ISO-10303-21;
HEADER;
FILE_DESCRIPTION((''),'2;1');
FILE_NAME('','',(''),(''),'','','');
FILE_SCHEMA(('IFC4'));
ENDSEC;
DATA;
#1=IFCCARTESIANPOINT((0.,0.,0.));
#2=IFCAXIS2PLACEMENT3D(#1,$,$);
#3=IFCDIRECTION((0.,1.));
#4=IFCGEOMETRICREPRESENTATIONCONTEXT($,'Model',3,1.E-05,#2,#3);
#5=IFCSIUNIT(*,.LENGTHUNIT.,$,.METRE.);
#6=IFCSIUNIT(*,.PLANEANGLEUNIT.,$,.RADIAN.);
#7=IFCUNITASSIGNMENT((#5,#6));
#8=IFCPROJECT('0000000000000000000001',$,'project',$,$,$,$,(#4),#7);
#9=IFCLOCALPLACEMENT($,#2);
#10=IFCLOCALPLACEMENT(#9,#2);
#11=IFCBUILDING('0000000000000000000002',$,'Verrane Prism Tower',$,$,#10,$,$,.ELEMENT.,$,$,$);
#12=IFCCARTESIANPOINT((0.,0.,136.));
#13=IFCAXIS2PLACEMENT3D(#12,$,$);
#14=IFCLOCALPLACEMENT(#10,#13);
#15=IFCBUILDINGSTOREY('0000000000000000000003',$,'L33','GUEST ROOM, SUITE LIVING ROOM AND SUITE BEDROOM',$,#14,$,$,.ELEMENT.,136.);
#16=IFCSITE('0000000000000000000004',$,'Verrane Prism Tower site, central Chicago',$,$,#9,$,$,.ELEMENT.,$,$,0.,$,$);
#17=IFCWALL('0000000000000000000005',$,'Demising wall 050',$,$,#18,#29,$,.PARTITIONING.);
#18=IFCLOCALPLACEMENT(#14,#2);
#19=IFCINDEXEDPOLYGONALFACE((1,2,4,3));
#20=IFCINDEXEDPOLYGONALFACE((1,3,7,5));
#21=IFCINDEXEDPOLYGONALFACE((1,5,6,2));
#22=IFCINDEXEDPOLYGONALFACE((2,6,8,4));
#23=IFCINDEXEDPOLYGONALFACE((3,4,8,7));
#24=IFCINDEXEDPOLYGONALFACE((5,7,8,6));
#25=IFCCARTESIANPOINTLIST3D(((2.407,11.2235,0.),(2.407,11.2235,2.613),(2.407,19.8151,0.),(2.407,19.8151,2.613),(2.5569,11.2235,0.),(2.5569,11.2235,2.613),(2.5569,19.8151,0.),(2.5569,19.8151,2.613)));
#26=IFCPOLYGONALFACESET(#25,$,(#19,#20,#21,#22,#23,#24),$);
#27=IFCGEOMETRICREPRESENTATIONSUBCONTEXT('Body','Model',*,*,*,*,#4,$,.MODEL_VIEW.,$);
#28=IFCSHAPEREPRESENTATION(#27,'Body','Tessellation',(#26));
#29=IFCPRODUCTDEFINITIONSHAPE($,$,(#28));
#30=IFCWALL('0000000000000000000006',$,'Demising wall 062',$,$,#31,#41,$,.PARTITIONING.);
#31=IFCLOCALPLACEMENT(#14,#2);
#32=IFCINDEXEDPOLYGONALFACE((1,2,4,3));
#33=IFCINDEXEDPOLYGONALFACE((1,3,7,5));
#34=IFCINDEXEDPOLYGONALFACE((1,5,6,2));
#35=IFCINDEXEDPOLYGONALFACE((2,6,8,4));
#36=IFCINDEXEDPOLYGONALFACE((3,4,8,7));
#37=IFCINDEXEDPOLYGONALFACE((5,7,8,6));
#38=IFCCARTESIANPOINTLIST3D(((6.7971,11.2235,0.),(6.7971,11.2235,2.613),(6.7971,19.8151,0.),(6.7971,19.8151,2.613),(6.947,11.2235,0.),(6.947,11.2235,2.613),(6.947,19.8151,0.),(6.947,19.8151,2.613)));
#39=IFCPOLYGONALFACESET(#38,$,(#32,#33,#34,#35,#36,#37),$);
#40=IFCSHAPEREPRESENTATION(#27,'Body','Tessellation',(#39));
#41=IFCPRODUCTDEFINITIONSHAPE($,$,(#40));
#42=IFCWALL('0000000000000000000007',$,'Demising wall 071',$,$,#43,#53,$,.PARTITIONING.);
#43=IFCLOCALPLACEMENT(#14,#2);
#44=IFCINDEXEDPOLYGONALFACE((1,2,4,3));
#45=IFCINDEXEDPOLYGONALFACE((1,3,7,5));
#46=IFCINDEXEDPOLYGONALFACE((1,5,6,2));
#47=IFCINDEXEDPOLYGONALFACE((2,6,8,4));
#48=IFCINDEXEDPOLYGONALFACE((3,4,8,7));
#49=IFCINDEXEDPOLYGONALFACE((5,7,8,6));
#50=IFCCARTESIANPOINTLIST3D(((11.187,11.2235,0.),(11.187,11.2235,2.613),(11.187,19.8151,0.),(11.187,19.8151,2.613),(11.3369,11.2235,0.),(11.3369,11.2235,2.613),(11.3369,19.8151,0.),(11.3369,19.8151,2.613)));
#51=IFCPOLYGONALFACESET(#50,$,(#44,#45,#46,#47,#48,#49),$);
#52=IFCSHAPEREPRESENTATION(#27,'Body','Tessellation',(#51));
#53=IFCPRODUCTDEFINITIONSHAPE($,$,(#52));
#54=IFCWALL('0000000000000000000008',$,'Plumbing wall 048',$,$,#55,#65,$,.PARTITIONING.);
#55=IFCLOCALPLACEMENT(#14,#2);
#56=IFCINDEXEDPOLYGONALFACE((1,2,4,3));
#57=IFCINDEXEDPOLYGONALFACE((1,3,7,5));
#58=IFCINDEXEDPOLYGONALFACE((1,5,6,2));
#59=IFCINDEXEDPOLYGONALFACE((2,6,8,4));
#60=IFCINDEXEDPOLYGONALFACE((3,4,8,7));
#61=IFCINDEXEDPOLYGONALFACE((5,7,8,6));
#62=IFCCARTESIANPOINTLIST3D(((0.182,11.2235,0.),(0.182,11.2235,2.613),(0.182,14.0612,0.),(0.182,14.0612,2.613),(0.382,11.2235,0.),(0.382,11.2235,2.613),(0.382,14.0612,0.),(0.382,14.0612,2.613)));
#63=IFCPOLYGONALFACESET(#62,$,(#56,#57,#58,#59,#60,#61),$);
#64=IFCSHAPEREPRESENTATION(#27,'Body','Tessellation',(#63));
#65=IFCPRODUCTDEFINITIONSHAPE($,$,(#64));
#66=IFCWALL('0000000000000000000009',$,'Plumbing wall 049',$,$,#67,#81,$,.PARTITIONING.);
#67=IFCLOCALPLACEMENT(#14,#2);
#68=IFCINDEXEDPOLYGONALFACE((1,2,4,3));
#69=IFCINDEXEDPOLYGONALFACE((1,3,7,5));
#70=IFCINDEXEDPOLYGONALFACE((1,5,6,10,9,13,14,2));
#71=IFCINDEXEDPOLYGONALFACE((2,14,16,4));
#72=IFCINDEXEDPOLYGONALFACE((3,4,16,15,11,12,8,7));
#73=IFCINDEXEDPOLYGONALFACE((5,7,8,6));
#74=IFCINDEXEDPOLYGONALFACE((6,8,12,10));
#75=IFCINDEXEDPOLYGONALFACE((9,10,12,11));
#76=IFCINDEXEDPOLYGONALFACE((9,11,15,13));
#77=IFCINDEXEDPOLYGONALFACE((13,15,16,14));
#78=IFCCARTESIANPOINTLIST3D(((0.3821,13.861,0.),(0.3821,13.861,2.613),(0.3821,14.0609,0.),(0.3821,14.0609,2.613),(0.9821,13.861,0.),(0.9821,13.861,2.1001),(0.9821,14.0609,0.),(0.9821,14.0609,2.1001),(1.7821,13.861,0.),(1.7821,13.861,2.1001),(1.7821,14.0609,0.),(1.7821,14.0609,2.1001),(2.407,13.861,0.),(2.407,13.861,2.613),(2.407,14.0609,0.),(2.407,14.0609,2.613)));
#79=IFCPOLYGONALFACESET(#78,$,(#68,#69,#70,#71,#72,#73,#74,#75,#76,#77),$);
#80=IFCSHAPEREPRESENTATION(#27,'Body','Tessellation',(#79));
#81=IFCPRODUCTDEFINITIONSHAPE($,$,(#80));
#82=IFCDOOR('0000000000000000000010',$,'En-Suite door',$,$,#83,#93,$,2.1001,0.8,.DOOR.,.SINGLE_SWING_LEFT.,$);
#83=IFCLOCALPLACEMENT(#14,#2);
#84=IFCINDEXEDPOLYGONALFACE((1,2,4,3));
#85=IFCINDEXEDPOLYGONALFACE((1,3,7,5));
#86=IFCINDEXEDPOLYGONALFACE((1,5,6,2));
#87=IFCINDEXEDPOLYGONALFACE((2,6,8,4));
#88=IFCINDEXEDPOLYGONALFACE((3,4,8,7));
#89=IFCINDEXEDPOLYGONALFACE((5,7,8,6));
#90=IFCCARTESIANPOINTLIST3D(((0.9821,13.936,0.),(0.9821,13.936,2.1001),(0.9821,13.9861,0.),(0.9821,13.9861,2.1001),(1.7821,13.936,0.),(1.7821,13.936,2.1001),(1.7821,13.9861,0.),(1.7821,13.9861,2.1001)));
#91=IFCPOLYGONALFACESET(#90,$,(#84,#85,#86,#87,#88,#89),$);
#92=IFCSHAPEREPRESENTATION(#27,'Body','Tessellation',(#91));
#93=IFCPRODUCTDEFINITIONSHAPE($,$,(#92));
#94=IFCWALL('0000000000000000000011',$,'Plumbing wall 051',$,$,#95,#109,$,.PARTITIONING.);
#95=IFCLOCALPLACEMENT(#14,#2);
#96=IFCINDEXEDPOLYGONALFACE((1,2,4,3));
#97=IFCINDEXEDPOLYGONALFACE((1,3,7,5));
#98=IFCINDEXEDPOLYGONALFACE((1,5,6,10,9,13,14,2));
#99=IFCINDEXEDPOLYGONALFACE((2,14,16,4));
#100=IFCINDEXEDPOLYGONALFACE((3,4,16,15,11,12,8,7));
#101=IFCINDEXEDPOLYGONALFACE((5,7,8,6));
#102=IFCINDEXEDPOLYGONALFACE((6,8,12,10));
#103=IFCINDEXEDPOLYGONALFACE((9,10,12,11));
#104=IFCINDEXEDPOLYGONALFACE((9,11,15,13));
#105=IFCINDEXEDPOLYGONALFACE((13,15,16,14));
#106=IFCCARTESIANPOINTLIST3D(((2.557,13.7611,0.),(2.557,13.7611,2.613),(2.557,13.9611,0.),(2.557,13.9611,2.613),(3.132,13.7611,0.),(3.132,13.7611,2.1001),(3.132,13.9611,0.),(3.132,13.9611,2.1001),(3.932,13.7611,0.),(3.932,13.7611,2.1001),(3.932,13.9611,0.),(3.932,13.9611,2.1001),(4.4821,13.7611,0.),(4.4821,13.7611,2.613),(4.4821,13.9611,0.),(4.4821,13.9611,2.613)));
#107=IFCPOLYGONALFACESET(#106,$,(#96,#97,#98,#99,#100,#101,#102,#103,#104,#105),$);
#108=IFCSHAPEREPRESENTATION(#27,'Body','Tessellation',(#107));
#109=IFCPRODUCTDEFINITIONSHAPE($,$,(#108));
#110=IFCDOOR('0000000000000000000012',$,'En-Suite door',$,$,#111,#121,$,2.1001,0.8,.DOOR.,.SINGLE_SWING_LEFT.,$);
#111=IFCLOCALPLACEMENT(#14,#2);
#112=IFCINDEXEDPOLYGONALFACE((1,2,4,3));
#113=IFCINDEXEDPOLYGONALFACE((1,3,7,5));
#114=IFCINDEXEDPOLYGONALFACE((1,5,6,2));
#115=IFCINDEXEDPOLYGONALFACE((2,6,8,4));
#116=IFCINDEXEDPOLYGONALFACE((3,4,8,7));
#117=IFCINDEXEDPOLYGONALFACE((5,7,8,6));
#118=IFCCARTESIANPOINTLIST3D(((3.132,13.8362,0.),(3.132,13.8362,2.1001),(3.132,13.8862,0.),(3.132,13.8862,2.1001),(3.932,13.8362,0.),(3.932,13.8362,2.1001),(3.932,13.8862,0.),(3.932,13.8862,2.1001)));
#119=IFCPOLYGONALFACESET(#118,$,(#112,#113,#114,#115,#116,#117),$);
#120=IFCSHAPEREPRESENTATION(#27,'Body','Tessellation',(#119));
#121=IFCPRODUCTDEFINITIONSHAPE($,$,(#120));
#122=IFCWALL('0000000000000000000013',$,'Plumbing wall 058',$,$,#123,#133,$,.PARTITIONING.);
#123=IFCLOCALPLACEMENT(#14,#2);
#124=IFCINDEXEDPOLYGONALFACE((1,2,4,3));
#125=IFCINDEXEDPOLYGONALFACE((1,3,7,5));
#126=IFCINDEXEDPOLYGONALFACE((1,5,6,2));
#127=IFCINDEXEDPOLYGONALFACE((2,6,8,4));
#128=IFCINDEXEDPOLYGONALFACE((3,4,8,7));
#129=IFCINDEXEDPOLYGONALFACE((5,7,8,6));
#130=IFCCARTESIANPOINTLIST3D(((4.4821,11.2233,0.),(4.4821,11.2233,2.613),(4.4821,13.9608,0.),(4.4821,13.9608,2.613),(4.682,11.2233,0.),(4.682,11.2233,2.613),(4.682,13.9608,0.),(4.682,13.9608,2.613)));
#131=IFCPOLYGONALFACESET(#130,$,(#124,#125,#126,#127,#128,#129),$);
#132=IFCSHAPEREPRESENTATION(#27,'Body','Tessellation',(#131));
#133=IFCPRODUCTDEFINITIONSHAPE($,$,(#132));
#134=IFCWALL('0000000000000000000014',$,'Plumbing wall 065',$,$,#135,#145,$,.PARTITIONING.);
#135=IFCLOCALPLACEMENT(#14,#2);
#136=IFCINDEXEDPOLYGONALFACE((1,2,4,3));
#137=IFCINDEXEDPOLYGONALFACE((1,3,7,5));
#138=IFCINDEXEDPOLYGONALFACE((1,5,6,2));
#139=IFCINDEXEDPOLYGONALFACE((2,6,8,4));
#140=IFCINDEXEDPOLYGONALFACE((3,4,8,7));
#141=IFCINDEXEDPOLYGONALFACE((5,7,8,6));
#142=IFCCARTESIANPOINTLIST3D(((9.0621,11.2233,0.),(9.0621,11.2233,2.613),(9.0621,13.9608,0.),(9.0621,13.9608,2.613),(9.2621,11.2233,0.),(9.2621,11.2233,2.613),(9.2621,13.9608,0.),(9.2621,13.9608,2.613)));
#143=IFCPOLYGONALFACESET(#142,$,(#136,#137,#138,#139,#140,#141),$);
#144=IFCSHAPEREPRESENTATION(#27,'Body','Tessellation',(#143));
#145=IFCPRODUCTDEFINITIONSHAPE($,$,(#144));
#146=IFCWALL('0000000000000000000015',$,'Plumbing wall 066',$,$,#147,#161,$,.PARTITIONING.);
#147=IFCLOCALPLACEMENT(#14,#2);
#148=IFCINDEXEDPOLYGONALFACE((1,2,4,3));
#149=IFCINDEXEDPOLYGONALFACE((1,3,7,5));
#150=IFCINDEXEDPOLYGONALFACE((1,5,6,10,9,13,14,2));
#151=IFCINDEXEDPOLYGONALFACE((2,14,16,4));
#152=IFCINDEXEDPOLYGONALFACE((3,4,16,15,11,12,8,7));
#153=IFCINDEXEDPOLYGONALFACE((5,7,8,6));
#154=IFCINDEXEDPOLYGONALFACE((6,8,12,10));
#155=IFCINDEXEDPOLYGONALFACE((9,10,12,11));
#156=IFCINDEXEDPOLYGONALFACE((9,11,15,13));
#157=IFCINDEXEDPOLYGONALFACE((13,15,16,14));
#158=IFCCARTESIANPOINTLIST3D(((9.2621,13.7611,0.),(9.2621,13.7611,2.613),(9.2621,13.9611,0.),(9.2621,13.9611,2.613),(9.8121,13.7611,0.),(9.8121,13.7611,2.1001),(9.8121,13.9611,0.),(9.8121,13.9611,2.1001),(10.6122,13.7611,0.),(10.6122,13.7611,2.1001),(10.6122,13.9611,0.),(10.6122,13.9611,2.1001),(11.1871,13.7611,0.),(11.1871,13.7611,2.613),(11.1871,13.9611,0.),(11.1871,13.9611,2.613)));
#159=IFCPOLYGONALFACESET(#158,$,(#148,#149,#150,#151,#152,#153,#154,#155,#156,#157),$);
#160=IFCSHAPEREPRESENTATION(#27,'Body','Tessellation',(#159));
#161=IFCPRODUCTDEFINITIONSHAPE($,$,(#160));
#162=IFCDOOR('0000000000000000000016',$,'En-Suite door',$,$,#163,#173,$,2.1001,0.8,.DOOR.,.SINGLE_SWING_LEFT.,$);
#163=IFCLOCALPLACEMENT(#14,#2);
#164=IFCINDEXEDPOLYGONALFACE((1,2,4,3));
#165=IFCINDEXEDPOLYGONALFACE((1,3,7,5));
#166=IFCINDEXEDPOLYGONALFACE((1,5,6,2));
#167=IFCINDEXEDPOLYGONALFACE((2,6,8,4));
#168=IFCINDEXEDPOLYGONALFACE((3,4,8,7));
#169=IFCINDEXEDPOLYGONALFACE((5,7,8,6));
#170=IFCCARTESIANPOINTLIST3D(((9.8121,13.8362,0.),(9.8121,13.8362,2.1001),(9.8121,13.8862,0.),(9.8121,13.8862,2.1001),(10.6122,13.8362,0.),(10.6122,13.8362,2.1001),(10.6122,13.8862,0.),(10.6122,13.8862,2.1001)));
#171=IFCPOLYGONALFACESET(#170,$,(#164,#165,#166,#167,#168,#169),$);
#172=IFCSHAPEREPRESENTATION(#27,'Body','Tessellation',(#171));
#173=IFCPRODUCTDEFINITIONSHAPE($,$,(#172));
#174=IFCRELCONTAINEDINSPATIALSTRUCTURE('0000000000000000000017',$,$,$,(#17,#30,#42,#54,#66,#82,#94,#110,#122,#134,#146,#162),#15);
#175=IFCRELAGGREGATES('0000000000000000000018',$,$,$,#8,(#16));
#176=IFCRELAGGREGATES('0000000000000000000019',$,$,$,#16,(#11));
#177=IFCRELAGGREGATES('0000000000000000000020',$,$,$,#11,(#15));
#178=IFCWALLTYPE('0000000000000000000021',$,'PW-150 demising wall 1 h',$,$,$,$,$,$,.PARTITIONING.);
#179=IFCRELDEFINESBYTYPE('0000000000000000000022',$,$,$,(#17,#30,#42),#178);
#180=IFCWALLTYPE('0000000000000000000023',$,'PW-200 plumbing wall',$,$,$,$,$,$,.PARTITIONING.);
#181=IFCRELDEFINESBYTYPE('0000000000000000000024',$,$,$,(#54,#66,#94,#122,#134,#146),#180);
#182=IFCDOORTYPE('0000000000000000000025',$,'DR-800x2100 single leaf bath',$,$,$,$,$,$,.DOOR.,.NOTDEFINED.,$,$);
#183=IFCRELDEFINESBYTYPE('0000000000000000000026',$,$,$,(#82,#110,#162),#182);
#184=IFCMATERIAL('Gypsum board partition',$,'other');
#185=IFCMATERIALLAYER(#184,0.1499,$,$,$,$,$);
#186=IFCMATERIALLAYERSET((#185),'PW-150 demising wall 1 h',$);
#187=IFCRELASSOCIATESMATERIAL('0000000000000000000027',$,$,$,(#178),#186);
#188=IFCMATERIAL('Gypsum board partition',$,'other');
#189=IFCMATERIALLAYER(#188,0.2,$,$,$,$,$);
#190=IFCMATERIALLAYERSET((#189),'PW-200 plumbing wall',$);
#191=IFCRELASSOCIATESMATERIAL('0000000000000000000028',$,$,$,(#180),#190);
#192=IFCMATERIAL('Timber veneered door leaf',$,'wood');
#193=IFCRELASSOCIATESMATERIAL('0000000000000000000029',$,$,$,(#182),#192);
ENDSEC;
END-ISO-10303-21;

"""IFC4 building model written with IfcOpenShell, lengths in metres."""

from ifc_helpers import new_model, si_unit, direction, frame, frame_2d, origin, place, context, subcontext, project, spatial, rectangle, extrude, material, layer, layer_set, type_object, element, fill, save


model = new_model("IFC4")

# Units and contexts
model_context = context("Model", 3, precision=1e-05, world=origin(), true_north=direction((0.0, 1.0)))
body_context = subcontext(model_context, "Body", "Model", "MODEL_VIEW")
ifc_project = project(units=[si_unit("LENGTHUNIT", "METRE"), si_unit("PLANEANGLEUNIT", "RADIAN")], contexts=[model_context])

# Site, building, storey
site_placement = place(None, origin())
site = spatial("IfcSite", under=ifc_project, at=site_placement, Name="Verrane Prism Tower site, central Chicago", CompositionType="ELEMENT", RefElevation=0.0)
building_placement = place(site_placement, origin())
building = spatial("IfcBuilding", under=site, at=building_placement, Name="Verrane Prism Tower", CompositionType="ELEMENT")
storey_placement = place(building_placement, frame((0.0, 0.0, 136.0)))
storey = spatial("IfcBuildingStorey", under=building, at=storey_placement, Name="L33", Description="GUEST ROOM, SUITE LIVING ROOM AND SUITE BEDROOM", CompositionType="ELEMENT", Elevation=136.0)

# Walls
ifc_material_1 = material(Name="Gypsum board partition", Category="other")
ifc_layer_1 = layer(ifc_material_1, 0.1499)
ifc_layer_set_1 = layer_set([ifc_layer_1], Name="PW-150 demising wall 1 h")
wall_type_1 = type_object("IfcWallType", Name="PW-150 demising wall 1 h", PredefinedType="PARTITIONING", material=ifc_layer_set_1)
for number, where, z_axis, x_axis, name in (
    (1, (2.4819, 11.2234, 0.0), (0.0, 0.0, 1.0), (0.0, 1.0, 0.0), "Demising wall 050"),
    (2, (6.8721, 11.2234, 0.0), (0.0, 0.0, 1.0), (0.0, 1.0, 0.0), "Demising wall 062"),
    (3, (11.262, 11.2234, 0.0), (0.0, 0.0, 1.0), (0.0, 1.0, 0.0), "Demising wall 071"),
):
    element("IfcWall", number, at=place(storey_placement, frame(where, z_axis=z_axis, x_axis=x_axis)), inside=storey, type_object=wall_type_1, Name=name, PredefinedType="PARTITIONING", context=body_context, shape_type="SweptSolid", body=[
        extrude(rectangle(XDim=8.5916, YDim=0.1499, at=frame_2d((4.2959, 0.0))), origin(), (0.0, 0.0, 1.0), 2.613),
    ])
ifc_material_2 = material(Name="Gypsum board partition", Category="other")
ifc_layer_2 = layer(ifc_material_2, 0.2)
ifc_layer_set_2 = layer_set([ifc_layer_2], Name="PW-200 plumbing wall")
wall_type_2 = type_object("IfcWallType", Name="PW-200 plumbing wall", PredefinedType="PARTITIONING", material=ifc_layer_set_2)
wall_1_placement = place(storey_placement, frame((0.282, 11.2234, 0.0), z_axis=(0.0, 0.0, 1.0), x_axis=(0.0, 1.0, 0.0)))
element("IfcWall", 4, at=wall_1_placement, inside=storey, type_object=wall_type_2, Name="Plumbing wall 048", PredefinedType="PARTITIONING", context=body_context, shape_type="SweptSolid", body=[
    extrude(rectangle(XDim=2.8376, YDim=0.2, at=frame_2d((1.4189, 0.0))), origin(), (0.0, 0.0, 1.0), 2.613),
])

# Walls, openings, doors
wall_2_placement = place(storey_placement, frame((2.407, 13.9609, 0.0), z_axis=(0.0, 0.0, 1.0), x_axis=(-1.0, 0.0, 0.0)))
wall_2 = element("IfcWall", 5, at=wall_2_placement, inside=storey, type_object=wall_type_2, Name="Plumbing wall 049", PredefinedType="PARTITIONING", context=body_context, shape_type="SweptSolid", body=[
    extrude(rectangle(XDim=2.0249, YDim=0.2, at=frame_2d((1.0125, 0.0))), origin(), (0.0, 0.0, 1.0), 2.613),
])
opening_1_placement = place(wall_2_placement, frame((0.625, 0.0, 0.0)))
opening_1 = element("IfcOpeningElement", 6, at=opening_1_placement, cuts=wall_2, PredefinedType="OPENING", context=body_context, shape_type="SweptSolid", body=[
    extrude(rectangle(XDim=0.8, YDim=2.1001, at=frame_2d((0.3999, 1.05))), frame((0.0, 0.1099, 0.0), z_axis=(0.0, -1.0, 0.0), x_axis=(1.0, 0.0, 0.0)), (0.0, 0.0, 1.0), 0.22),
])
ifc_material_3 = material(Name="Timber veneered door leaf", Category="wood")
door_type_1 = type_object("IfcDoorType", Name="DR-800x2100 single leaf bath", OperationType="NOTDEFINED", PredefinedType="DOOR", material=ifc_material_3)
door_1_placement = place(opening_1_placement, origin())
door_1 = element("IfcDoor", 7, at=door_1_placement, inside=storey, type_object=door_type_1, Name="En-Suite door", OperationType="SINGLE_SWING_LEFT", OverallHeight=2.1001, OverallWidth=0.8, PredefinedType="DOOR", context=body_context, shape_type="SweptSolid", body=[
    extrude(rectangle(XDim=0.8, YDim=2.1001, at=frame_2d((0.3999, 1.05))), frame((0.0, 0.0249, 0.0), z_axis=(0.0, -1.0, 0.0), x_axis=(1.0, 0.0, 0.0)), (0.0, 0.0, 1.0), 0.05),
])
fill(opening_1, door_1)
wall_3_placement = place(storey_placement, frame((4.4819, 13.8611, 0.0), z_axis=(0.0, 0.0, 1.0), x_axis=(-1.0, 0.0, 0.0)))
wall_3 = element("IfcWall", 8, at=wall_3_placement, inside=storey, type_object=wall_type_2, Name="Plumbing wall 051", PredefinedType="PARTITIONING", context=body_context, shape_type="SweptSolid", body=[
    extrude(rectangle(XDim=1.925, YDim=0.2, at=frame_2d((0.9624, 0.0))), origin(), (0.0, 0.0, 1.0), 2.613),
])
opening_2_placement = place(wall_3_placement, frame((0.55, 0.0, 0.0)))
opening_2 = element("IfcOpeningElement", 9, at=opening_2_placement, cuts=wall_3, PredefinedType="OPENING", context=body_context, shape_type="SweptSolid", body=[
    extrude(rectangle(XDim=0.8, YDim=2.1001, at=frame_2d((0.3999, 1.05))), frame((0.0, 0.1099, 0.0), z_axis=(0.0, -1.0, 0.0), x_axis=(1.0, 0.0, 0.0)), (0.0, 0.0, 1.0), 0.22),
])
door_2_placement = place(opening_2_placement, origin())
door_2 = element("IfcDoor", 10, at=door_2_placement, inside=storey, type_object=door_type_1, Name="En-Suite door", OperationType="SINGLE_SWING_LEFT", OverallHeight=2.1001, OverallWidth=0.8, PredefinedType="DOOR", context=body_context, shape_type="SweptSolid", body=[
    extrude(rectangle(XDim=0.8, YDim=2.1001, at=frame_2d((0.3999, 1.05))), frame((0.0, 0.0249, 0.0), z_axis=(0.0, -1.0, 0.0), x_axis=(1.0, 0.0, 0.0)), (0.0, 0.0, 1.0), 0.05),
])
fill(opening_2, door_2)

# Walls
for number, where, z_axis, x_axis, name in (
    (11, (4.582, 11.2234, 0.0), (0.0, 0.0, 1.0), (0.0, 1.0, 0.0), "Plumbing wall 058"),
    (12, (9.1621, 11.2234, 0.0), (0.0, 0.0, 1.0), (0.0, 1.0, 0.0), "Plumbing wall 065"),
):
    element("IfcWall", number, at=place(storey_placement, frame(where, z_axis=z_axis, x_axis=x_axis)), inside=storey, type_object=wall_type_2, Name=name, PredefinedType="PARTITIONING", context=body_context, shape_type="SweptSolid", body=[
        extrude(rectangle(XDim=2.7375, YDim=0.2, at=frame_2d((1.3687, 0.0))), origin(), (0.0, 0.0, 1.0), 2.613),
    ])

# Wall, opening, door
wall_4_placement = place(storey_placement, frame((11.187, 13.8611, 0.0), z_axis=(0.0, 0.0, 1.0), x_axis=(-1.0, 0.0, 0.0)))
wall_4 = element("IfcWall", 13, at=wall_4_placement, inside=storey, type_object=wall_type_2, Name="Plumbing wall 066", PredefinedType="PARTITIONING", context=body_context, shape_type="SweptSolid", body=[
    extrude(rectangle(XDim=1.925, YDim=0.2, at=frame_2d((0.9624, 0.0))), origin(), (0.0, 0.0, 1.0), 2.613),
])
opening_3_placement = place(wall_4_placement, frame((0.575, 0.0, 0.0)))
opening_3 = element("IfcOpeningElement", 14, at=opening_3_placement, cuts=wall_4, PredefinedType="OPENING", context=body_context, shape_type="SweptSolid", body=[
    extrude(rectangle(XDim=0.8, YDim=2.1001, at=frame_2d((0.3999, 1.05))), frame((0.0, 0.1099, 0.0), z_axis=(0.0, -1.0, 0.0), x_axis=(1.0, 0.0, 0.0)), (0.0, 0.0, 1.0), 0.22),
])
door_3_placement = place(opening_3_placement, origin())
door_3 = element("IfcDoor", 15, at=door_3_placement, inside=storey, type_object=door_type_1, Name="En-Suite door", OperationType="SINGLE_SWING_LEFT", OverallHeight=2.1001, OverallWidth=0.8, PredefinedType="DOOR", context=body_context, shape_type="SweptSolid", body=[
    extrude(rectangle(XDim=0.8, YDim=2.1001, at=frame_2d((0.3999, 1.05))), frame((0.0, 0.0249, 0.0), z_axis=(0.0, -1.0, 0.0), x_axis=(1.0, 0.0, 0.0)), (0.0, 0.0, 1.0), 0.05),
])
fill(opening_3, door_3)

save(model, "model.ifc")
